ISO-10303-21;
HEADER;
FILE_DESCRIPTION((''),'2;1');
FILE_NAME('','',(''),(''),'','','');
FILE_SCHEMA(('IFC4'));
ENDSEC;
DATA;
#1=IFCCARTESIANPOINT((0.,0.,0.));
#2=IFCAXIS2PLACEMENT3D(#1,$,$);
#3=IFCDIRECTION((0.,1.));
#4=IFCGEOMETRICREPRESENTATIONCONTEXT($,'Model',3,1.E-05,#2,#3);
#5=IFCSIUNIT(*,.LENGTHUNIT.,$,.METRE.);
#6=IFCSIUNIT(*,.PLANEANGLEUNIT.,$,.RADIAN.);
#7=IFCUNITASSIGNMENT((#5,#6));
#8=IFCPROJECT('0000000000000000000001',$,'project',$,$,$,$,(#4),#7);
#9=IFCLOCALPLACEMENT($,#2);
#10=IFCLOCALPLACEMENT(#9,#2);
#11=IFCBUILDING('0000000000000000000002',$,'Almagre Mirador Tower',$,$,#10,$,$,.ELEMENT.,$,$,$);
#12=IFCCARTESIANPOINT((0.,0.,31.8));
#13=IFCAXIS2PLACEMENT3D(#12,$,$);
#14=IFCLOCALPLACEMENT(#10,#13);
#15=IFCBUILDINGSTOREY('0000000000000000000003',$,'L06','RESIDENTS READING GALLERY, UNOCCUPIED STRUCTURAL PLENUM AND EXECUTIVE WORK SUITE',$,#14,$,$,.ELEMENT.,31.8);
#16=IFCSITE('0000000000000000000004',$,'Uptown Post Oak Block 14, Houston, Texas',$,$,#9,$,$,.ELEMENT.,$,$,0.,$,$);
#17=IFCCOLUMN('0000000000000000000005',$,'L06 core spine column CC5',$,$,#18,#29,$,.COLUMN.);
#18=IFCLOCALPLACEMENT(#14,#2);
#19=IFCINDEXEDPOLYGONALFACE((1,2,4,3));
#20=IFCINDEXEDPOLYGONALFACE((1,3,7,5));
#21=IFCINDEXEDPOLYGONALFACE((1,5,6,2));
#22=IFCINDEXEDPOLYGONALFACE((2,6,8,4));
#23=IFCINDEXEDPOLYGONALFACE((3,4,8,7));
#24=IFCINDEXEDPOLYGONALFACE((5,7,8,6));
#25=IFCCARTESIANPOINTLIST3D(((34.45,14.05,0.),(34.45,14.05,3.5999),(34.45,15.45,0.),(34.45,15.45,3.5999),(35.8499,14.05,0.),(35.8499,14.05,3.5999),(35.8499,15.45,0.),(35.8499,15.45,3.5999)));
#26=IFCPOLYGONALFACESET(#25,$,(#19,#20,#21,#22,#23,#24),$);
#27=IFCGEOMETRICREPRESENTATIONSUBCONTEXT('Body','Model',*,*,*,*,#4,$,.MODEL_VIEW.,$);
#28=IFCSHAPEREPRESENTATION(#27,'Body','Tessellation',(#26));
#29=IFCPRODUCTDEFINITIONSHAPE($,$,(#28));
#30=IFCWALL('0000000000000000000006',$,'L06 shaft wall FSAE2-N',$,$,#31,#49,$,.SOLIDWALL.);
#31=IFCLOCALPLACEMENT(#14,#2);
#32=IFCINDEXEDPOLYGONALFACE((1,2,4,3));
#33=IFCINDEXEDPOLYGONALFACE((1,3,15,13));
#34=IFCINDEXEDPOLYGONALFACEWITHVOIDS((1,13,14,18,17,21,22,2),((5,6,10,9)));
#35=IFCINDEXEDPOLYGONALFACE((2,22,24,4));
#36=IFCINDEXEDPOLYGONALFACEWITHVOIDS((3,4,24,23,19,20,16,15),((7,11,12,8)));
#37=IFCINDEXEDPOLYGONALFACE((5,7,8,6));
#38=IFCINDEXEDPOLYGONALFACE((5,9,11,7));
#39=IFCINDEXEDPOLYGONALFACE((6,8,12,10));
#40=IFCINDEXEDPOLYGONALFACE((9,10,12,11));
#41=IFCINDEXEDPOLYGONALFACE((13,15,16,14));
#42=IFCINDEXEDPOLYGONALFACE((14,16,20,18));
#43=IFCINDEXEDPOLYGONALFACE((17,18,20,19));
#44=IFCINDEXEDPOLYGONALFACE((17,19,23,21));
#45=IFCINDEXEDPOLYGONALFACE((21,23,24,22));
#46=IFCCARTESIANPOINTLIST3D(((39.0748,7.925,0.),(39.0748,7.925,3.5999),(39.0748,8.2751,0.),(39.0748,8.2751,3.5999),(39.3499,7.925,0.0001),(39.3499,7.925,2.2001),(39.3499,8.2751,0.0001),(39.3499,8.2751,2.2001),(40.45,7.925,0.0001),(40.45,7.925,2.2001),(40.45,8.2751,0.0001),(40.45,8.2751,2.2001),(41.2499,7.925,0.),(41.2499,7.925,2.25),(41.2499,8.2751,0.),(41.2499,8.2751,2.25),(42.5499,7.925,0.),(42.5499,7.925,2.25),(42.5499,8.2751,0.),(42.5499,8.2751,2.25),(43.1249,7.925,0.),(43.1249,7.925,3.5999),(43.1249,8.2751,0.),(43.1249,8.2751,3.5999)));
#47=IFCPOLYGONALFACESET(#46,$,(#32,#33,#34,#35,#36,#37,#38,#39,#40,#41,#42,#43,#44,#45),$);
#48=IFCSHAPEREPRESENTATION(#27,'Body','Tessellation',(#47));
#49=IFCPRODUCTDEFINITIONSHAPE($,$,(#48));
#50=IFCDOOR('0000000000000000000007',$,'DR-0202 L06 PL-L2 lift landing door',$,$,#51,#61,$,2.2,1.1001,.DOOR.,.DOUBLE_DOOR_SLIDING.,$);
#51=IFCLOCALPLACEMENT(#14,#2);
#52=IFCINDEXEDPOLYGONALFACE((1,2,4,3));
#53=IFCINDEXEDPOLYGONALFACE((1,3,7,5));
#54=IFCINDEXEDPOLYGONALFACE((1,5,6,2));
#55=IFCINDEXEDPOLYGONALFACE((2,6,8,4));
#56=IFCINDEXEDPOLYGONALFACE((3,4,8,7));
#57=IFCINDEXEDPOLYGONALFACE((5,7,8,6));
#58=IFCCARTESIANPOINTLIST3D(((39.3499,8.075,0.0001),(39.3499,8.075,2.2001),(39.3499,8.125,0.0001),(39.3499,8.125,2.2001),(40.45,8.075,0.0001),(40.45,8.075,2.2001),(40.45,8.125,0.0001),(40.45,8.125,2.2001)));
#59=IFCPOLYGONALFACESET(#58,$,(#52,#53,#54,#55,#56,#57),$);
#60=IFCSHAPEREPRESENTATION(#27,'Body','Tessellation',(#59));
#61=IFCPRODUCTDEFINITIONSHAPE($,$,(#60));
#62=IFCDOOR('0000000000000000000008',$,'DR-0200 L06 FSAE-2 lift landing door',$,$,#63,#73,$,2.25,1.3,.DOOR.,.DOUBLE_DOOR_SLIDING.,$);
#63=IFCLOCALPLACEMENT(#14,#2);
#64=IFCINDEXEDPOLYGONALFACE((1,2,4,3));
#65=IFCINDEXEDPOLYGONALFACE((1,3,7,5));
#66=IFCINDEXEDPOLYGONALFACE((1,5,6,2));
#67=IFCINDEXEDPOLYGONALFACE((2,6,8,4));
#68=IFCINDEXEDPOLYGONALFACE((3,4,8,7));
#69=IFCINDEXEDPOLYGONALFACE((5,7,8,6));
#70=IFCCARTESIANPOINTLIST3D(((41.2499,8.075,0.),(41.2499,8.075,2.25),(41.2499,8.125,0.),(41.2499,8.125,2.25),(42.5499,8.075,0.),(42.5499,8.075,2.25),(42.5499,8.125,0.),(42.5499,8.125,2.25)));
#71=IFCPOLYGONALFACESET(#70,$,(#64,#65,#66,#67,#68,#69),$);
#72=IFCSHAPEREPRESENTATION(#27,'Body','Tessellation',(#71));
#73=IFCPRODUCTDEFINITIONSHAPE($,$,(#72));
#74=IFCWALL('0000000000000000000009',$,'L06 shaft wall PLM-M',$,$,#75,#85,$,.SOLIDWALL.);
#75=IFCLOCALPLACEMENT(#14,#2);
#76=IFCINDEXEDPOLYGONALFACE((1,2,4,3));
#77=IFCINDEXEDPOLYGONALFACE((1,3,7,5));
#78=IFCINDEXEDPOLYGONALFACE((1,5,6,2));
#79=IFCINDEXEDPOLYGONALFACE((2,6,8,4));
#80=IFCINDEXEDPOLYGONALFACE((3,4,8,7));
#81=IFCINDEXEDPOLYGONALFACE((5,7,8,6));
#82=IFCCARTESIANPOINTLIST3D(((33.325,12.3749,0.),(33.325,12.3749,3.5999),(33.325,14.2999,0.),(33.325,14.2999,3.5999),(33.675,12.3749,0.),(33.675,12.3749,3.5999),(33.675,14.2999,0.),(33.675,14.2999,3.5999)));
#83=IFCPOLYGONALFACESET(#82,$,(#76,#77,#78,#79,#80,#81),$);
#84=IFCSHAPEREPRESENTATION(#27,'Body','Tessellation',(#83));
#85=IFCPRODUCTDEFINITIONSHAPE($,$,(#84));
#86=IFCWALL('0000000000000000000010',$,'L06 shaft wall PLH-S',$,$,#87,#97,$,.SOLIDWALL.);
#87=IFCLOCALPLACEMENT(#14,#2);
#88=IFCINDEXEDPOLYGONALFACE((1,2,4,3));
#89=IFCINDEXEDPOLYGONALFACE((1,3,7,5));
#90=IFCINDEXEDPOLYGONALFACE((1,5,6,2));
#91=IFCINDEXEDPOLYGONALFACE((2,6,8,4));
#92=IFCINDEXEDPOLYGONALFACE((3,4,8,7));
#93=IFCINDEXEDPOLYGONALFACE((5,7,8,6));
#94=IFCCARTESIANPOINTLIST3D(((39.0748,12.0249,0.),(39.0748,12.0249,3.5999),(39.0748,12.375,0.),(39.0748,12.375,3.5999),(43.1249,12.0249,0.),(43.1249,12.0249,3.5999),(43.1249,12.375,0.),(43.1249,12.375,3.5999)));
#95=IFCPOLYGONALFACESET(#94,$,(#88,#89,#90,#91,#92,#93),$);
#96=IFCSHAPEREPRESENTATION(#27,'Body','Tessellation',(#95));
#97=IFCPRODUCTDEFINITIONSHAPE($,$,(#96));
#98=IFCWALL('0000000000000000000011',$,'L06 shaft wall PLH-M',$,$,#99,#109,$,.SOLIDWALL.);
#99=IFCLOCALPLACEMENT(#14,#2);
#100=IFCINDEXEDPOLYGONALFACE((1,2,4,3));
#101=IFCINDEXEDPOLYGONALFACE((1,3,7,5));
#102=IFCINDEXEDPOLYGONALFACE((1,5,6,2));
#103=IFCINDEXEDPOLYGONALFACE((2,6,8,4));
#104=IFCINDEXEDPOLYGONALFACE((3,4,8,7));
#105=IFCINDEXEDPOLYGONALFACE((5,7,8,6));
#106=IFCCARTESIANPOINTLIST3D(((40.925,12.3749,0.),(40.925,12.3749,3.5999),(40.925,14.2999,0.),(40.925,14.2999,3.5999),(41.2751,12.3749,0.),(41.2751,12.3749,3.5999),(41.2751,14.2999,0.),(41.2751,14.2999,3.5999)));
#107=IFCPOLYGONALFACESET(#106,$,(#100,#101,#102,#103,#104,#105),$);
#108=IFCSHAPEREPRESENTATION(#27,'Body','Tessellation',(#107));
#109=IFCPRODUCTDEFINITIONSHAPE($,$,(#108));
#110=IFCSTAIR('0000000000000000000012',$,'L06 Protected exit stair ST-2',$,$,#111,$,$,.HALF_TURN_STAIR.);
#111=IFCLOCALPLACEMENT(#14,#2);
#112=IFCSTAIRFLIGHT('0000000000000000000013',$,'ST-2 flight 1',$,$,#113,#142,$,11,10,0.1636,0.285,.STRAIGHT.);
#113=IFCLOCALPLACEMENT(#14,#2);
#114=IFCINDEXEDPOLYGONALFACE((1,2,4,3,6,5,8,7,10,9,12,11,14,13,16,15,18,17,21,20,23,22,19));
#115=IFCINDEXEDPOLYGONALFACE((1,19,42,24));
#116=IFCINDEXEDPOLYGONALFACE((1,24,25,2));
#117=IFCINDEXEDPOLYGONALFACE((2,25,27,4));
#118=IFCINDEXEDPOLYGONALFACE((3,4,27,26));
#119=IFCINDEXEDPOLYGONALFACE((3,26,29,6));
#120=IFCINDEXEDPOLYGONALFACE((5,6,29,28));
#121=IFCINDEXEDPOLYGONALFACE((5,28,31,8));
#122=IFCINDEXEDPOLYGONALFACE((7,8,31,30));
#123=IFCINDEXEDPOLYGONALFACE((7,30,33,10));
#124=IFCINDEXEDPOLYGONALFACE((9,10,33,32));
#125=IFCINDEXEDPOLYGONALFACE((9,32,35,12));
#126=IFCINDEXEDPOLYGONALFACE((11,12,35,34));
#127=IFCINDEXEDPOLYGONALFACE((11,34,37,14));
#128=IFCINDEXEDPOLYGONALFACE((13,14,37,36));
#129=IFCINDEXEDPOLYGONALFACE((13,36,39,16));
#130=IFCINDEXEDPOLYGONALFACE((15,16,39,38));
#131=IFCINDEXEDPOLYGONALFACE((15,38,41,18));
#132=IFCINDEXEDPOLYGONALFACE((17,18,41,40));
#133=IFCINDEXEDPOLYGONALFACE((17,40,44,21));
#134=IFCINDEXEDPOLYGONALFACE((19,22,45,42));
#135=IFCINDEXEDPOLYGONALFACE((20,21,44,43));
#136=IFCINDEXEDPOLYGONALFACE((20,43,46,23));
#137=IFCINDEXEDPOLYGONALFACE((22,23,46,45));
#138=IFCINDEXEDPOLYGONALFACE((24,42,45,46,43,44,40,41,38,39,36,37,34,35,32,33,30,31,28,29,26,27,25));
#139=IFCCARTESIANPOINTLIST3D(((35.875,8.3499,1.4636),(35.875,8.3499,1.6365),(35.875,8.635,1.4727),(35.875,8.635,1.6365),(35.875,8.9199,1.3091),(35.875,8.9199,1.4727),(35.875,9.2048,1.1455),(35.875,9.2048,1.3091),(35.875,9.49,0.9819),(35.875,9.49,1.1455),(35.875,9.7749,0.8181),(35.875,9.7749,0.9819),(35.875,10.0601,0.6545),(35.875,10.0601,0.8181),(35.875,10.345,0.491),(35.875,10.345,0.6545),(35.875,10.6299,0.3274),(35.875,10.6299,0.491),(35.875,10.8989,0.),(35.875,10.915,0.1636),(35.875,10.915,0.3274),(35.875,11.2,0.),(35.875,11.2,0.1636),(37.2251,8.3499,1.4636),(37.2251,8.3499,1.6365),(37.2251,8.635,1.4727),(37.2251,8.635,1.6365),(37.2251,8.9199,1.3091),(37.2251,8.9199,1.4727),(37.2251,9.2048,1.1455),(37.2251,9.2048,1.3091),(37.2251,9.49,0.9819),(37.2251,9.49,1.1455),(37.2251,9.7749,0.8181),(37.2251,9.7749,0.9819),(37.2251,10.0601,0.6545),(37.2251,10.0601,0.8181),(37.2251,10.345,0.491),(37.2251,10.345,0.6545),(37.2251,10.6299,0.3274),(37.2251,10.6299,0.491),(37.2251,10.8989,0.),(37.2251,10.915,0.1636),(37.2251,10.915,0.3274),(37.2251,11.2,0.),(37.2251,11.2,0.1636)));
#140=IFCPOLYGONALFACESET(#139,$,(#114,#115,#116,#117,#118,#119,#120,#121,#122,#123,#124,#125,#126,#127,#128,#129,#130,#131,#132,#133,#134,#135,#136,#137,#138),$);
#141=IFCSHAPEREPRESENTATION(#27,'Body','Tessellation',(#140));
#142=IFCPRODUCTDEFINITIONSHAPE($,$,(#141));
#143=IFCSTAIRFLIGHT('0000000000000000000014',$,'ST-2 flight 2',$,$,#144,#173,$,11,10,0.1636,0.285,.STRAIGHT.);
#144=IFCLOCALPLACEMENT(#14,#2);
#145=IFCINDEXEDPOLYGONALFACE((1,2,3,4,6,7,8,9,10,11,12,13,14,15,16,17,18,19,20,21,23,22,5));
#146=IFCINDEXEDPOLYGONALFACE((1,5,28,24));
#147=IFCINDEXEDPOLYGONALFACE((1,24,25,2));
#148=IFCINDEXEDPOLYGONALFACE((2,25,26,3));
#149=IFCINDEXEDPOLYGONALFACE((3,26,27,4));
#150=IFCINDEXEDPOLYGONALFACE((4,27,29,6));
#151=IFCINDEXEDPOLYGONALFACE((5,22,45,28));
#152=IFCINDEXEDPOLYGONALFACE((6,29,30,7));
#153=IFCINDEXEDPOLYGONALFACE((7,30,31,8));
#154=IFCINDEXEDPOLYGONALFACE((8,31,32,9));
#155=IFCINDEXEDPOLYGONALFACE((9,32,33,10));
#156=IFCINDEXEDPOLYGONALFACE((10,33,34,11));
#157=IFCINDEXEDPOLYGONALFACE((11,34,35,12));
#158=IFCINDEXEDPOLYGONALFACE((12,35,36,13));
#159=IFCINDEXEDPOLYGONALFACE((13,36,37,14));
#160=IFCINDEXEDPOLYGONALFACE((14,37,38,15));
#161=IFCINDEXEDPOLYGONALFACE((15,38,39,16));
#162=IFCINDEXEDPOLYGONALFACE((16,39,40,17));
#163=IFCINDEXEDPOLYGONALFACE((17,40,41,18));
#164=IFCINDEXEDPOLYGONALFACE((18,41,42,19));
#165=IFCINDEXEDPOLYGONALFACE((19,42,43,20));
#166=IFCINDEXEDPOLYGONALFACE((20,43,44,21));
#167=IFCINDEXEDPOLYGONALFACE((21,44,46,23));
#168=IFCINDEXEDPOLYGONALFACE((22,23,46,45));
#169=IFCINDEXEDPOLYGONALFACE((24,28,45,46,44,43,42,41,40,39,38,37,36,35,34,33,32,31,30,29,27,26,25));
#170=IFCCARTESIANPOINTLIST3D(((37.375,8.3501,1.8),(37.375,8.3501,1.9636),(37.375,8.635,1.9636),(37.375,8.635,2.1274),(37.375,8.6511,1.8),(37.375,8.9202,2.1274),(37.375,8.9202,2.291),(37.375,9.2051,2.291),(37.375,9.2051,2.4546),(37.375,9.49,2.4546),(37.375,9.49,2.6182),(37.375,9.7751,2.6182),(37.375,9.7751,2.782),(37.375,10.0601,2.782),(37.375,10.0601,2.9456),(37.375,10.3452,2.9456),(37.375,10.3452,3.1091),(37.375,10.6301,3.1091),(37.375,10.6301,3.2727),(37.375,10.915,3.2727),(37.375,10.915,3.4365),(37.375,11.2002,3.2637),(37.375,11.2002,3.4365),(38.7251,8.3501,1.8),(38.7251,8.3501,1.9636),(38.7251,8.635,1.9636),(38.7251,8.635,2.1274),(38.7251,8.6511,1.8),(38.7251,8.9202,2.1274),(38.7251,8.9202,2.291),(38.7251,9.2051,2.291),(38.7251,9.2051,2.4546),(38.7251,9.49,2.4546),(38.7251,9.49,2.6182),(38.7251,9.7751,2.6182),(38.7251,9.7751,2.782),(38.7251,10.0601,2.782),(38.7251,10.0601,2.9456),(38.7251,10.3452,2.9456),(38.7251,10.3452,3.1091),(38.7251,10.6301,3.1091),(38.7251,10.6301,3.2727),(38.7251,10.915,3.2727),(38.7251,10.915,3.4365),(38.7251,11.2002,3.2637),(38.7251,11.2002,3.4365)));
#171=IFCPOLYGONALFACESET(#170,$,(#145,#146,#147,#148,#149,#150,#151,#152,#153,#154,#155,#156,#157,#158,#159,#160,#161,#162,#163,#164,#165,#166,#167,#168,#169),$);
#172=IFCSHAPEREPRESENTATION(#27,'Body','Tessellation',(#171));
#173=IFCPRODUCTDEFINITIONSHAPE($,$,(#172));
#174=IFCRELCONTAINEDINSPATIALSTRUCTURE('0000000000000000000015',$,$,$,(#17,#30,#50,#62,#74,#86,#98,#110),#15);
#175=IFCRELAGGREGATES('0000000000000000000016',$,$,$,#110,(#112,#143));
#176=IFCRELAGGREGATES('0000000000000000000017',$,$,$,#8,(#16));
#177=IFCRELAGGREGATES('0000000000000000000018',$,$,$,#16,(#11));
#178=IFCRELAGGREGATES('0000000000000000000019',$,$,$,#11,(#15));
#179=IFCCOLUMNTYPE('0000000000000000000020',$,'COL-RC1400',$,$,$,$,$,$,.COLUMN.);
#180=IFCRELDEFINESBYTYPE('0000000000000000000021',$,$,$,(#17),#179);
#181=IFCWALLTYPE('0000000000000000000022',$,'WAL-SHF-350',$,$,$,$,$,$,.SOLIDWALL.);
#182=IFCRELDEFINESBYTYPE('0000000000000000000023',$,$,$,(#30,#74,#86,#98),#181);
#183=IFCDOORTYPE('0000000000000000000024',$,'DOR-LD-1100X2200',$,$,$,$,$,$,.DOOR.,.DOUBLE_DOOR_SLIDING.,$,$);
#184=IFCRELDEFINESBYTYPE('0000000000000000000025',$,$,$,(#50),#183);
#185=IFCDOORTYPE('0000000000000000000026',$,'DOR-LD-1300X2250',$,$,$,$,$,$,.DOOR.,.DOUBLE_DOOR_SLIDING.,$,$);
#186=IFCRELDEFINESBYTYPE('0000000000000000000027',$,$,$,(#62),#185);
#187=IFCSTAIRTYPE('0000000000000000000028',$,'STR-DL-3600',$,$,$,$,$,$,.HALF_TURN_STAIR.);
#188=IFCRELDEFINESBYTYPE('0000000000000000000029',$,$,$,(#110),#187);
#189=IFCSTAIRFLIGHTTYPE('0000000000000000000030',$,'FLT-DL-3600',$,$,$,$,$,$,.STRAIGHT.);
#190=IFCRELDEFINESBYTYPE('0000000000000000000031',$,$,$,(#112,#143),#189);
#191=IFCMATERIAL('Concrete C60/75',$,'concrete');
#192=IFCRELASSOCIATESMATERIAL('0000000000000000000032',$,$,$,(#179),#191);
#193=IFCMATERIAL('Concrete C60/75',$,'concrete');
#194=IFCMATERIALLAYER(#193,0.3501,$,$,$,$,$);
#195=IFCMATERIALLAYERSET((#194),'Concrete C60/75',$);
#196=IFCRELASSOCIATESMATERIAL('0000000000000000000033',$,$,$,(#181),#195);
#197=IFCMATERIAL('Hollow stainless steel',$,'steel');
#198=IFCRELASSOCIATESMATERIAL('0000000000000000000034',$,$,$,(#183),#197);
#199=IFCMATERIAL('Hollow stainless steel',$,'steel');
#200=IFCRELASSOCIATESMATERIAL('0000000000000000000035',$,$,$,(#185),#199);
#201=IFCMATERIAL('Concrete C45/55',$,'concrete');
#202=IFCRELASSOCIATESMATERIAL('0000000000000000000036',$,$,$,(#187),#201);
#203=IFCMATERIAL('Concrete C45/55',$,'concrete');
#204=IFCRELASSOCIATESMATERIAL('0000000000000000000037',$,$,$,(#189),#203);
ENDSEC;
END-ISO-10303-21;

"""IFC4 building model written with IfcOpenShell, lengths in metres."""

from ifc_helpers import new_model, si_unit, direction, frame, frame_2d, origin, origin_2d, place, context, subcontext, project, spatial, polyline, rectangle, outline, extrude, material, layer, layer_set, material_profile, profile_set, type_object, element, fill, aggregate, save


model = new_model("IFC4")

# Units and contexts
model_context = context("Model", 3, precision=1e-05, world=origin(), true_north=direction((0.0, 1.0)))
body_context = subcontext(model_context, "Body", "Model", "MODEL_VIEW")
ifc_project = project(units=[si_unit("LENGTHUNIT", "METRE"), si_unit("PLANEANGLEUNIT", "RADIAN")], contexts=[model_context])

# Site, building, storey
site_placement = place(None, origin())
site = spatial("IfcSite", under=ifc_project, at=site_placement, Name="Uptown Post Oak Block 14, Houston, Texas", CompositionType="ELEMENT", RefElevation=0.0)
building_placement = place(site_placement, origin())
building = spatial("IfcBuilding", under=site, at=building_placement, Name="Almagre Mirador Tower", CompositionType="ELEMENT")
storey_placement = place(building_placement, frame((0.0, 0.0, 31.8)))
storey = spatial("IfcBuildingStorey", under=building, at=storey_placement, Name="L06", Description="RESIDENTS READING GALLERY, UNOCCUPIED STRUCTURAL PLENUM AND EXECUTIVE WORK SUITE", CompositionType="ELEMENT", Elevation=31.8)

# Column
ifc_material_1 = material(Name="Concrete C60/75", Category="concrete")
ifc_material_profile = material_profile(ifc_material_1, rectangle(XDim=1.3999, YDim=1.3999, at=origin_2d()), Name="RC1400X1400")
ifc_profile_set = profile_set([ifc_material_profile], Name="Concrete C60/75")
column_type = type_object("IfcColumnType", Name="COL-RC1400", PredefinedType="COLUMN", material=ifc_profile_set)
column_placement = place(storey_placement, frame((35.1499, 14.75, 0.0), z_axis=(0.0, 0.0, 1.0), x_axis=(1.0, 0.0, 0.0)))
element("IfcColumn", 1, at=column_placement, inside=storey, type_object=column_type, Name="L06 core spine column CC5", PredefinedType="COLUMN", context=body_context, shape_type="SweptSolid", body=[
    extrude(rectangle(XDim=1.3999, YDim=1.3999, at=origin_2d()), origin(), (0.0, 0.0, 1.0), 3.5999),
])

# Wall, openings, doors
ifc_material_2 = material(Name="Concrete C60/75", Category="concrete")
ifc_layer = layer(ifc_material_2, 0.3501)
ifc_layer_set = layer_set([ifc_layer], Name="Concrete C60/75")
wall_type = type_object("IfcWallType", Name="WAL-SHF-350", PredefinedType="SOLIDWALL", material=ifc_layer_set)
wall_1_placement = place(storey_placement, frame((39.075, 8.1001, 0.0), z_axis=(0.0, 0.0, 1.0), x_axis=(1.0, 0.0, 0.0)))
wall_1 = element("IfcWall", 2, at=wall_1_placement, inside=storey, type_object=wall_type, Name="L06 shaft wall FSAE2-N", PredefinedType="SOLIDWALL", context=body_context, shape_type="SweptSolid", body=[
    extrude(rectangle(XDim=4.05, YDim=0.3501, at=frame_2d((2.0249, 0.0))), origin(), (0.0, 0.0, 1.0), 3.5999),
])
opening_1_placement = place(wall_1_placement, frame((2.175, 0.0, 0.0)))
opening_1 = element("IfcOpeningElement", 3, at=opening_1_placement, cuts=wall_1, PredefinedType="OPENING", context=body_context, shape_type="SweptSolid", body=[
    extrude(rectangle(XDim=1.3, YDim=2.25, at=frame_2d((0.6499, 1.125))), frame((0.0, 0.185, 0.0), z_axis=(0.0, -1.0, 0.0), x_axis=(1.0, 0.0, 0.0)), (0.0, 0.0, 1.0), 0.3701),
])
opening_2_placement = place(wall_1_placement, frame((0.2749, 0.0, 0.0)))
opening_2 = element("IfcOpeningElement", 4, at=opening_2_placement, cuts=wall_1, PredefinedType="OPENING", context=body_context, shape_type="SweptSolid", body=[
    extrude(rectangle(XDim=1.1001, YDim=2.2, at=frame_2d((0.55, 1.1001))), frame((0.0, 0.185, 0.0), z_axis=(0.0, -1.0, 0.0), x_axis=(1.0, 0.0, 0.0)), (0.0, 0.0, 1.0), 0.3701),
])
ifc_material_3 = material(Name="Hollow stainless steel", Category="steel")
door_type_1 = type_object("IfcDoorType", Name="DOR-LD-1100X2200", OperationType="DOUBLE_DOOR_SLIDING", PredefinedType="DOOR", material=ifc_material_3)
door_1_placement = place(opening_2_placement, origin())
door_1 = element("IfcDoor", 5, at=door_1_placement, inside=storey, type_object=door_type_1, Name="DR-0202 L06 PL-L2 lift landing door", OperationType="DOUBLE_DOOR_SLIDING", OverallHeight=2.2, OverallWidth=1.1001, PredefinedType="DOOR", context=body_context, shape_type="SweptSolid", body=[
    extrude(rectangle(XDim=1.1001, YDim=2.2, at=frame_2d((0.55, 1.1001))), frame((0.0, 0.0249, 0.0), z_axis=(0.0, -1.0, 0.0), x_axis=(1.0, 0.0, 0.0)), (0.0, 0.0, 1.0), 0.05),
])
fill(opening_2, door_1)
ifc_material_4 = material(Name="Hollow stainless steel", Category="steel")
door_type_2 = type_object("IfcDoorType", Name="DOR-LD-1300X2250", OperationType="DOUBLE_DOOR_SLIDING", PredefinedType="DOOR", material=ifc_material_4)
door_2_placement = place(opening_1_placement, origin())
door_2 = element("IfcDoor", 6, at=door_2_placement, inside=storey, type_object=door_type_2, Name="DR-0200 L06 FSAE-2 lift landing door", OperationType="DOUBLE_DOOR_SLIDING", OverallHeight=2.25, OverallWidth=1.3, PredefinedType="DOOR", context=body_context, shape_type="SweptSolid", body=[
    extrude(rectangle(XDim=1.3, YDim=2.25, at=frame_2d((0.6499, 1.125))), frame((0.0, 0.0249, 0.0), z_axis=(0.0, -1.0, 0.0), x_axis=(1.0, 0.0, 0.0)), (0.0, 0.0, 1.0), 0.05),
])
fill(opening_1, door_2)

# Walls
wall_2_placement = place(storey_placement, frame((33.5, 12.375, 0.0), z_axis=(0.0, 0.0, 1.0), x_axis=(0.0, 1.0, 0.0)))
element("IfcWall", 7, at=wall_2_placement, inside=storey, type_object=wall_type, Name="L06 shaft wall PLM-M", PredefinedType="SOLIDWALL", context=body_context, shape_type="SweptSolid", body=[
    extrude(rectangle(XDim=1.925, YDim=0.3501, at=frame_2d((0.9624, 0.0))), origin(), (0.0, 0.0, 1.0), 3.5999),
])
wall_3_placement = place(storey_placement, frame((39.075, 12.2, 0.0), z_axis=(0.0, 0.0, 1.0), x_axis=(1.0, 0.0, 0.0)))
element("IfcWall", 8, at=wall_3_placement, inside=storey, type_object=wall_type, Name="L06 shaft wall PLH-S", PredefinedType="SOLIDWALL", context=body_context, shape_type="SweptSolid", body=[
    extrude(rectangle(XDim=4.05, YDim=0.3501, at=frame_2d((2.0249, 0.0))), origin(), (0.0, 0.0, 1.0), 3.5999),
])
wall_4_placement = place(storey_placement, frame((41.1001, 12.375, 0.0), z_axis=(0.0, 0.0, 1.0), x_axis=(0.0, 1.0, 0.0)))
element("IfcWall", 9, at=wall_4_placement, inside=storey, type_object=wall_type, Name="L06 shaft wall PLH-M", PredefinedType="SOLIDWALL", context=body_context, shape_type="SweptSolid", body=[
    extrude(rectangle(XDim=1.925, YDim=0.3501, at=frame_2d((0.9624, 0.0))), origin(), (0.0, 0.0, 1.0), 3.5999),
])

# Stair, stair flights
ifc_material_5 = material(Name="Concrete C45/55", Category="concrete")
stair_type = type_object("IfcStairType", Name="STR-DL-3600", PredefinedType="HALF_TURN_STAIR", material=ifc_material_5)
stair_1_placement = place(storey_placement, origin())
stair_1 = element("IfcStair", 10, at=stair_1_placement, inside=storey, type_object=stair_type, Name="L06 Protected exit stair ST-2", PredefinedType="HALF_TURN_STAIR")
ifc_material_6 = material(Name="Concrete C45/55", Category="concrete")
stair_flight_type = type_object("IfcStairFlightType", Name="FLT-DL-3600", PredefinedType="STRAIGHT", material=ifc_material_6)
stair_flight_1_placement = place(storey_placement, frame((36.55, 11.2, 0.0), z_axis=(0.0, 0.0, 1.0), x_axis=(0.0, -1.0, 0.0)))
stair_flight_1 = element("IfcStairFlight", 11, at=stair_flight_1_placement, type_object=stair_flight_type, Name="ST-2 flight 1", NumberOfRisers=11, NumberOfTreads=10, PredefinedType="STRAIGHT", RiserHeight=0.1636, TreadLength=0.285, context=body_context, shape_type="SweptSolid", body=[
    extrude(outline(polyline([(0.0, 0.0), (0.0, 0.1636), (0.2849, 0.1636), (0.2849, 0.3274), (0.5701, 0.3274), (0.5701, 0.491), (0.855, 0.491), (0.855, 0.6545), (1.1399, 0.6545), (1.1399, 0.8181), (1.425, 0.8181), (1.425, 0.9819), (1.71, 0.9819), (1.71, 1.1455), (1.9951, 1.1455), (1.9951, 1.3091), (2.28, 1.3091), (2.28, 1.4727), (2.5649, 1.4727), (2.5649, 1.6365), (2.8501, 1.6365), (2.8501, 1.8), (2.8501, 1.4636), (0.301, 0.0), (0.0, 0.0)])), frame((0.0, 0.675, 0.0), z_axis=(0.0, -1.0, 0.0), x_axis=(1.0, 0.0, 0.0)), (0.0, 0.0, 1.0), 1.3501),
])
stair_flight_2_placement = place(storey_placement, frame((38.05, 8.3501, 1.8), z_axis=(0.0, 0.0, 1.0), x_axis=(0.0, 1.0, 0.0)))
stair_flight_2 = element("IfcStairFlight", 12, at=stair_flight_2_placement, type_object=stair_flight_type, Name="ST-2 flight 2", NumberOfRisers=11, NumberOfTreads=10, PredefinedType="STRAIGHT", RiserHeight=0.1636, TreadLength=0.285, context=body_context, shape_type="SweptSolid", body=[
    extrude(outline(polyline([(0.0, 0.0), (0.0, 0.1636), (0.2849, 0.1636), (0.2849, 0.3274), (0.5701, 0.3274), (0.5701, 0.491), (0.855, 0.491), (0.855, 0.6545), (1.1399, 0.6545), (1.1399, 0.8181), (1.425, 0.8181), (1.425, 0.9819), (1.71, 0.9819), (1.71, 1.1455), (1.9951, 1.1455), (1.9951, 1.3091), (2.28, 1.3091), (2.28, 1.4727), (2.5649, 1.4727), (2.5649, 1.6365), (2.8501, 1.6365), (2.8501, 1.8), (2.8501, 1.4636), (0.301, 0.0), (0.0, 0.0)])), frame((0.0, 0.675, 0.0), z_axis=(0.0, -1.0, 0.0), x_axis=(1.0, 0.0, 0.0)), (0.0, 0.0, 1.0), 1.3501),
])
aggregate(stair_1, [stair_flight_1, stair_flight_2])

save(model, "model.ifc")
